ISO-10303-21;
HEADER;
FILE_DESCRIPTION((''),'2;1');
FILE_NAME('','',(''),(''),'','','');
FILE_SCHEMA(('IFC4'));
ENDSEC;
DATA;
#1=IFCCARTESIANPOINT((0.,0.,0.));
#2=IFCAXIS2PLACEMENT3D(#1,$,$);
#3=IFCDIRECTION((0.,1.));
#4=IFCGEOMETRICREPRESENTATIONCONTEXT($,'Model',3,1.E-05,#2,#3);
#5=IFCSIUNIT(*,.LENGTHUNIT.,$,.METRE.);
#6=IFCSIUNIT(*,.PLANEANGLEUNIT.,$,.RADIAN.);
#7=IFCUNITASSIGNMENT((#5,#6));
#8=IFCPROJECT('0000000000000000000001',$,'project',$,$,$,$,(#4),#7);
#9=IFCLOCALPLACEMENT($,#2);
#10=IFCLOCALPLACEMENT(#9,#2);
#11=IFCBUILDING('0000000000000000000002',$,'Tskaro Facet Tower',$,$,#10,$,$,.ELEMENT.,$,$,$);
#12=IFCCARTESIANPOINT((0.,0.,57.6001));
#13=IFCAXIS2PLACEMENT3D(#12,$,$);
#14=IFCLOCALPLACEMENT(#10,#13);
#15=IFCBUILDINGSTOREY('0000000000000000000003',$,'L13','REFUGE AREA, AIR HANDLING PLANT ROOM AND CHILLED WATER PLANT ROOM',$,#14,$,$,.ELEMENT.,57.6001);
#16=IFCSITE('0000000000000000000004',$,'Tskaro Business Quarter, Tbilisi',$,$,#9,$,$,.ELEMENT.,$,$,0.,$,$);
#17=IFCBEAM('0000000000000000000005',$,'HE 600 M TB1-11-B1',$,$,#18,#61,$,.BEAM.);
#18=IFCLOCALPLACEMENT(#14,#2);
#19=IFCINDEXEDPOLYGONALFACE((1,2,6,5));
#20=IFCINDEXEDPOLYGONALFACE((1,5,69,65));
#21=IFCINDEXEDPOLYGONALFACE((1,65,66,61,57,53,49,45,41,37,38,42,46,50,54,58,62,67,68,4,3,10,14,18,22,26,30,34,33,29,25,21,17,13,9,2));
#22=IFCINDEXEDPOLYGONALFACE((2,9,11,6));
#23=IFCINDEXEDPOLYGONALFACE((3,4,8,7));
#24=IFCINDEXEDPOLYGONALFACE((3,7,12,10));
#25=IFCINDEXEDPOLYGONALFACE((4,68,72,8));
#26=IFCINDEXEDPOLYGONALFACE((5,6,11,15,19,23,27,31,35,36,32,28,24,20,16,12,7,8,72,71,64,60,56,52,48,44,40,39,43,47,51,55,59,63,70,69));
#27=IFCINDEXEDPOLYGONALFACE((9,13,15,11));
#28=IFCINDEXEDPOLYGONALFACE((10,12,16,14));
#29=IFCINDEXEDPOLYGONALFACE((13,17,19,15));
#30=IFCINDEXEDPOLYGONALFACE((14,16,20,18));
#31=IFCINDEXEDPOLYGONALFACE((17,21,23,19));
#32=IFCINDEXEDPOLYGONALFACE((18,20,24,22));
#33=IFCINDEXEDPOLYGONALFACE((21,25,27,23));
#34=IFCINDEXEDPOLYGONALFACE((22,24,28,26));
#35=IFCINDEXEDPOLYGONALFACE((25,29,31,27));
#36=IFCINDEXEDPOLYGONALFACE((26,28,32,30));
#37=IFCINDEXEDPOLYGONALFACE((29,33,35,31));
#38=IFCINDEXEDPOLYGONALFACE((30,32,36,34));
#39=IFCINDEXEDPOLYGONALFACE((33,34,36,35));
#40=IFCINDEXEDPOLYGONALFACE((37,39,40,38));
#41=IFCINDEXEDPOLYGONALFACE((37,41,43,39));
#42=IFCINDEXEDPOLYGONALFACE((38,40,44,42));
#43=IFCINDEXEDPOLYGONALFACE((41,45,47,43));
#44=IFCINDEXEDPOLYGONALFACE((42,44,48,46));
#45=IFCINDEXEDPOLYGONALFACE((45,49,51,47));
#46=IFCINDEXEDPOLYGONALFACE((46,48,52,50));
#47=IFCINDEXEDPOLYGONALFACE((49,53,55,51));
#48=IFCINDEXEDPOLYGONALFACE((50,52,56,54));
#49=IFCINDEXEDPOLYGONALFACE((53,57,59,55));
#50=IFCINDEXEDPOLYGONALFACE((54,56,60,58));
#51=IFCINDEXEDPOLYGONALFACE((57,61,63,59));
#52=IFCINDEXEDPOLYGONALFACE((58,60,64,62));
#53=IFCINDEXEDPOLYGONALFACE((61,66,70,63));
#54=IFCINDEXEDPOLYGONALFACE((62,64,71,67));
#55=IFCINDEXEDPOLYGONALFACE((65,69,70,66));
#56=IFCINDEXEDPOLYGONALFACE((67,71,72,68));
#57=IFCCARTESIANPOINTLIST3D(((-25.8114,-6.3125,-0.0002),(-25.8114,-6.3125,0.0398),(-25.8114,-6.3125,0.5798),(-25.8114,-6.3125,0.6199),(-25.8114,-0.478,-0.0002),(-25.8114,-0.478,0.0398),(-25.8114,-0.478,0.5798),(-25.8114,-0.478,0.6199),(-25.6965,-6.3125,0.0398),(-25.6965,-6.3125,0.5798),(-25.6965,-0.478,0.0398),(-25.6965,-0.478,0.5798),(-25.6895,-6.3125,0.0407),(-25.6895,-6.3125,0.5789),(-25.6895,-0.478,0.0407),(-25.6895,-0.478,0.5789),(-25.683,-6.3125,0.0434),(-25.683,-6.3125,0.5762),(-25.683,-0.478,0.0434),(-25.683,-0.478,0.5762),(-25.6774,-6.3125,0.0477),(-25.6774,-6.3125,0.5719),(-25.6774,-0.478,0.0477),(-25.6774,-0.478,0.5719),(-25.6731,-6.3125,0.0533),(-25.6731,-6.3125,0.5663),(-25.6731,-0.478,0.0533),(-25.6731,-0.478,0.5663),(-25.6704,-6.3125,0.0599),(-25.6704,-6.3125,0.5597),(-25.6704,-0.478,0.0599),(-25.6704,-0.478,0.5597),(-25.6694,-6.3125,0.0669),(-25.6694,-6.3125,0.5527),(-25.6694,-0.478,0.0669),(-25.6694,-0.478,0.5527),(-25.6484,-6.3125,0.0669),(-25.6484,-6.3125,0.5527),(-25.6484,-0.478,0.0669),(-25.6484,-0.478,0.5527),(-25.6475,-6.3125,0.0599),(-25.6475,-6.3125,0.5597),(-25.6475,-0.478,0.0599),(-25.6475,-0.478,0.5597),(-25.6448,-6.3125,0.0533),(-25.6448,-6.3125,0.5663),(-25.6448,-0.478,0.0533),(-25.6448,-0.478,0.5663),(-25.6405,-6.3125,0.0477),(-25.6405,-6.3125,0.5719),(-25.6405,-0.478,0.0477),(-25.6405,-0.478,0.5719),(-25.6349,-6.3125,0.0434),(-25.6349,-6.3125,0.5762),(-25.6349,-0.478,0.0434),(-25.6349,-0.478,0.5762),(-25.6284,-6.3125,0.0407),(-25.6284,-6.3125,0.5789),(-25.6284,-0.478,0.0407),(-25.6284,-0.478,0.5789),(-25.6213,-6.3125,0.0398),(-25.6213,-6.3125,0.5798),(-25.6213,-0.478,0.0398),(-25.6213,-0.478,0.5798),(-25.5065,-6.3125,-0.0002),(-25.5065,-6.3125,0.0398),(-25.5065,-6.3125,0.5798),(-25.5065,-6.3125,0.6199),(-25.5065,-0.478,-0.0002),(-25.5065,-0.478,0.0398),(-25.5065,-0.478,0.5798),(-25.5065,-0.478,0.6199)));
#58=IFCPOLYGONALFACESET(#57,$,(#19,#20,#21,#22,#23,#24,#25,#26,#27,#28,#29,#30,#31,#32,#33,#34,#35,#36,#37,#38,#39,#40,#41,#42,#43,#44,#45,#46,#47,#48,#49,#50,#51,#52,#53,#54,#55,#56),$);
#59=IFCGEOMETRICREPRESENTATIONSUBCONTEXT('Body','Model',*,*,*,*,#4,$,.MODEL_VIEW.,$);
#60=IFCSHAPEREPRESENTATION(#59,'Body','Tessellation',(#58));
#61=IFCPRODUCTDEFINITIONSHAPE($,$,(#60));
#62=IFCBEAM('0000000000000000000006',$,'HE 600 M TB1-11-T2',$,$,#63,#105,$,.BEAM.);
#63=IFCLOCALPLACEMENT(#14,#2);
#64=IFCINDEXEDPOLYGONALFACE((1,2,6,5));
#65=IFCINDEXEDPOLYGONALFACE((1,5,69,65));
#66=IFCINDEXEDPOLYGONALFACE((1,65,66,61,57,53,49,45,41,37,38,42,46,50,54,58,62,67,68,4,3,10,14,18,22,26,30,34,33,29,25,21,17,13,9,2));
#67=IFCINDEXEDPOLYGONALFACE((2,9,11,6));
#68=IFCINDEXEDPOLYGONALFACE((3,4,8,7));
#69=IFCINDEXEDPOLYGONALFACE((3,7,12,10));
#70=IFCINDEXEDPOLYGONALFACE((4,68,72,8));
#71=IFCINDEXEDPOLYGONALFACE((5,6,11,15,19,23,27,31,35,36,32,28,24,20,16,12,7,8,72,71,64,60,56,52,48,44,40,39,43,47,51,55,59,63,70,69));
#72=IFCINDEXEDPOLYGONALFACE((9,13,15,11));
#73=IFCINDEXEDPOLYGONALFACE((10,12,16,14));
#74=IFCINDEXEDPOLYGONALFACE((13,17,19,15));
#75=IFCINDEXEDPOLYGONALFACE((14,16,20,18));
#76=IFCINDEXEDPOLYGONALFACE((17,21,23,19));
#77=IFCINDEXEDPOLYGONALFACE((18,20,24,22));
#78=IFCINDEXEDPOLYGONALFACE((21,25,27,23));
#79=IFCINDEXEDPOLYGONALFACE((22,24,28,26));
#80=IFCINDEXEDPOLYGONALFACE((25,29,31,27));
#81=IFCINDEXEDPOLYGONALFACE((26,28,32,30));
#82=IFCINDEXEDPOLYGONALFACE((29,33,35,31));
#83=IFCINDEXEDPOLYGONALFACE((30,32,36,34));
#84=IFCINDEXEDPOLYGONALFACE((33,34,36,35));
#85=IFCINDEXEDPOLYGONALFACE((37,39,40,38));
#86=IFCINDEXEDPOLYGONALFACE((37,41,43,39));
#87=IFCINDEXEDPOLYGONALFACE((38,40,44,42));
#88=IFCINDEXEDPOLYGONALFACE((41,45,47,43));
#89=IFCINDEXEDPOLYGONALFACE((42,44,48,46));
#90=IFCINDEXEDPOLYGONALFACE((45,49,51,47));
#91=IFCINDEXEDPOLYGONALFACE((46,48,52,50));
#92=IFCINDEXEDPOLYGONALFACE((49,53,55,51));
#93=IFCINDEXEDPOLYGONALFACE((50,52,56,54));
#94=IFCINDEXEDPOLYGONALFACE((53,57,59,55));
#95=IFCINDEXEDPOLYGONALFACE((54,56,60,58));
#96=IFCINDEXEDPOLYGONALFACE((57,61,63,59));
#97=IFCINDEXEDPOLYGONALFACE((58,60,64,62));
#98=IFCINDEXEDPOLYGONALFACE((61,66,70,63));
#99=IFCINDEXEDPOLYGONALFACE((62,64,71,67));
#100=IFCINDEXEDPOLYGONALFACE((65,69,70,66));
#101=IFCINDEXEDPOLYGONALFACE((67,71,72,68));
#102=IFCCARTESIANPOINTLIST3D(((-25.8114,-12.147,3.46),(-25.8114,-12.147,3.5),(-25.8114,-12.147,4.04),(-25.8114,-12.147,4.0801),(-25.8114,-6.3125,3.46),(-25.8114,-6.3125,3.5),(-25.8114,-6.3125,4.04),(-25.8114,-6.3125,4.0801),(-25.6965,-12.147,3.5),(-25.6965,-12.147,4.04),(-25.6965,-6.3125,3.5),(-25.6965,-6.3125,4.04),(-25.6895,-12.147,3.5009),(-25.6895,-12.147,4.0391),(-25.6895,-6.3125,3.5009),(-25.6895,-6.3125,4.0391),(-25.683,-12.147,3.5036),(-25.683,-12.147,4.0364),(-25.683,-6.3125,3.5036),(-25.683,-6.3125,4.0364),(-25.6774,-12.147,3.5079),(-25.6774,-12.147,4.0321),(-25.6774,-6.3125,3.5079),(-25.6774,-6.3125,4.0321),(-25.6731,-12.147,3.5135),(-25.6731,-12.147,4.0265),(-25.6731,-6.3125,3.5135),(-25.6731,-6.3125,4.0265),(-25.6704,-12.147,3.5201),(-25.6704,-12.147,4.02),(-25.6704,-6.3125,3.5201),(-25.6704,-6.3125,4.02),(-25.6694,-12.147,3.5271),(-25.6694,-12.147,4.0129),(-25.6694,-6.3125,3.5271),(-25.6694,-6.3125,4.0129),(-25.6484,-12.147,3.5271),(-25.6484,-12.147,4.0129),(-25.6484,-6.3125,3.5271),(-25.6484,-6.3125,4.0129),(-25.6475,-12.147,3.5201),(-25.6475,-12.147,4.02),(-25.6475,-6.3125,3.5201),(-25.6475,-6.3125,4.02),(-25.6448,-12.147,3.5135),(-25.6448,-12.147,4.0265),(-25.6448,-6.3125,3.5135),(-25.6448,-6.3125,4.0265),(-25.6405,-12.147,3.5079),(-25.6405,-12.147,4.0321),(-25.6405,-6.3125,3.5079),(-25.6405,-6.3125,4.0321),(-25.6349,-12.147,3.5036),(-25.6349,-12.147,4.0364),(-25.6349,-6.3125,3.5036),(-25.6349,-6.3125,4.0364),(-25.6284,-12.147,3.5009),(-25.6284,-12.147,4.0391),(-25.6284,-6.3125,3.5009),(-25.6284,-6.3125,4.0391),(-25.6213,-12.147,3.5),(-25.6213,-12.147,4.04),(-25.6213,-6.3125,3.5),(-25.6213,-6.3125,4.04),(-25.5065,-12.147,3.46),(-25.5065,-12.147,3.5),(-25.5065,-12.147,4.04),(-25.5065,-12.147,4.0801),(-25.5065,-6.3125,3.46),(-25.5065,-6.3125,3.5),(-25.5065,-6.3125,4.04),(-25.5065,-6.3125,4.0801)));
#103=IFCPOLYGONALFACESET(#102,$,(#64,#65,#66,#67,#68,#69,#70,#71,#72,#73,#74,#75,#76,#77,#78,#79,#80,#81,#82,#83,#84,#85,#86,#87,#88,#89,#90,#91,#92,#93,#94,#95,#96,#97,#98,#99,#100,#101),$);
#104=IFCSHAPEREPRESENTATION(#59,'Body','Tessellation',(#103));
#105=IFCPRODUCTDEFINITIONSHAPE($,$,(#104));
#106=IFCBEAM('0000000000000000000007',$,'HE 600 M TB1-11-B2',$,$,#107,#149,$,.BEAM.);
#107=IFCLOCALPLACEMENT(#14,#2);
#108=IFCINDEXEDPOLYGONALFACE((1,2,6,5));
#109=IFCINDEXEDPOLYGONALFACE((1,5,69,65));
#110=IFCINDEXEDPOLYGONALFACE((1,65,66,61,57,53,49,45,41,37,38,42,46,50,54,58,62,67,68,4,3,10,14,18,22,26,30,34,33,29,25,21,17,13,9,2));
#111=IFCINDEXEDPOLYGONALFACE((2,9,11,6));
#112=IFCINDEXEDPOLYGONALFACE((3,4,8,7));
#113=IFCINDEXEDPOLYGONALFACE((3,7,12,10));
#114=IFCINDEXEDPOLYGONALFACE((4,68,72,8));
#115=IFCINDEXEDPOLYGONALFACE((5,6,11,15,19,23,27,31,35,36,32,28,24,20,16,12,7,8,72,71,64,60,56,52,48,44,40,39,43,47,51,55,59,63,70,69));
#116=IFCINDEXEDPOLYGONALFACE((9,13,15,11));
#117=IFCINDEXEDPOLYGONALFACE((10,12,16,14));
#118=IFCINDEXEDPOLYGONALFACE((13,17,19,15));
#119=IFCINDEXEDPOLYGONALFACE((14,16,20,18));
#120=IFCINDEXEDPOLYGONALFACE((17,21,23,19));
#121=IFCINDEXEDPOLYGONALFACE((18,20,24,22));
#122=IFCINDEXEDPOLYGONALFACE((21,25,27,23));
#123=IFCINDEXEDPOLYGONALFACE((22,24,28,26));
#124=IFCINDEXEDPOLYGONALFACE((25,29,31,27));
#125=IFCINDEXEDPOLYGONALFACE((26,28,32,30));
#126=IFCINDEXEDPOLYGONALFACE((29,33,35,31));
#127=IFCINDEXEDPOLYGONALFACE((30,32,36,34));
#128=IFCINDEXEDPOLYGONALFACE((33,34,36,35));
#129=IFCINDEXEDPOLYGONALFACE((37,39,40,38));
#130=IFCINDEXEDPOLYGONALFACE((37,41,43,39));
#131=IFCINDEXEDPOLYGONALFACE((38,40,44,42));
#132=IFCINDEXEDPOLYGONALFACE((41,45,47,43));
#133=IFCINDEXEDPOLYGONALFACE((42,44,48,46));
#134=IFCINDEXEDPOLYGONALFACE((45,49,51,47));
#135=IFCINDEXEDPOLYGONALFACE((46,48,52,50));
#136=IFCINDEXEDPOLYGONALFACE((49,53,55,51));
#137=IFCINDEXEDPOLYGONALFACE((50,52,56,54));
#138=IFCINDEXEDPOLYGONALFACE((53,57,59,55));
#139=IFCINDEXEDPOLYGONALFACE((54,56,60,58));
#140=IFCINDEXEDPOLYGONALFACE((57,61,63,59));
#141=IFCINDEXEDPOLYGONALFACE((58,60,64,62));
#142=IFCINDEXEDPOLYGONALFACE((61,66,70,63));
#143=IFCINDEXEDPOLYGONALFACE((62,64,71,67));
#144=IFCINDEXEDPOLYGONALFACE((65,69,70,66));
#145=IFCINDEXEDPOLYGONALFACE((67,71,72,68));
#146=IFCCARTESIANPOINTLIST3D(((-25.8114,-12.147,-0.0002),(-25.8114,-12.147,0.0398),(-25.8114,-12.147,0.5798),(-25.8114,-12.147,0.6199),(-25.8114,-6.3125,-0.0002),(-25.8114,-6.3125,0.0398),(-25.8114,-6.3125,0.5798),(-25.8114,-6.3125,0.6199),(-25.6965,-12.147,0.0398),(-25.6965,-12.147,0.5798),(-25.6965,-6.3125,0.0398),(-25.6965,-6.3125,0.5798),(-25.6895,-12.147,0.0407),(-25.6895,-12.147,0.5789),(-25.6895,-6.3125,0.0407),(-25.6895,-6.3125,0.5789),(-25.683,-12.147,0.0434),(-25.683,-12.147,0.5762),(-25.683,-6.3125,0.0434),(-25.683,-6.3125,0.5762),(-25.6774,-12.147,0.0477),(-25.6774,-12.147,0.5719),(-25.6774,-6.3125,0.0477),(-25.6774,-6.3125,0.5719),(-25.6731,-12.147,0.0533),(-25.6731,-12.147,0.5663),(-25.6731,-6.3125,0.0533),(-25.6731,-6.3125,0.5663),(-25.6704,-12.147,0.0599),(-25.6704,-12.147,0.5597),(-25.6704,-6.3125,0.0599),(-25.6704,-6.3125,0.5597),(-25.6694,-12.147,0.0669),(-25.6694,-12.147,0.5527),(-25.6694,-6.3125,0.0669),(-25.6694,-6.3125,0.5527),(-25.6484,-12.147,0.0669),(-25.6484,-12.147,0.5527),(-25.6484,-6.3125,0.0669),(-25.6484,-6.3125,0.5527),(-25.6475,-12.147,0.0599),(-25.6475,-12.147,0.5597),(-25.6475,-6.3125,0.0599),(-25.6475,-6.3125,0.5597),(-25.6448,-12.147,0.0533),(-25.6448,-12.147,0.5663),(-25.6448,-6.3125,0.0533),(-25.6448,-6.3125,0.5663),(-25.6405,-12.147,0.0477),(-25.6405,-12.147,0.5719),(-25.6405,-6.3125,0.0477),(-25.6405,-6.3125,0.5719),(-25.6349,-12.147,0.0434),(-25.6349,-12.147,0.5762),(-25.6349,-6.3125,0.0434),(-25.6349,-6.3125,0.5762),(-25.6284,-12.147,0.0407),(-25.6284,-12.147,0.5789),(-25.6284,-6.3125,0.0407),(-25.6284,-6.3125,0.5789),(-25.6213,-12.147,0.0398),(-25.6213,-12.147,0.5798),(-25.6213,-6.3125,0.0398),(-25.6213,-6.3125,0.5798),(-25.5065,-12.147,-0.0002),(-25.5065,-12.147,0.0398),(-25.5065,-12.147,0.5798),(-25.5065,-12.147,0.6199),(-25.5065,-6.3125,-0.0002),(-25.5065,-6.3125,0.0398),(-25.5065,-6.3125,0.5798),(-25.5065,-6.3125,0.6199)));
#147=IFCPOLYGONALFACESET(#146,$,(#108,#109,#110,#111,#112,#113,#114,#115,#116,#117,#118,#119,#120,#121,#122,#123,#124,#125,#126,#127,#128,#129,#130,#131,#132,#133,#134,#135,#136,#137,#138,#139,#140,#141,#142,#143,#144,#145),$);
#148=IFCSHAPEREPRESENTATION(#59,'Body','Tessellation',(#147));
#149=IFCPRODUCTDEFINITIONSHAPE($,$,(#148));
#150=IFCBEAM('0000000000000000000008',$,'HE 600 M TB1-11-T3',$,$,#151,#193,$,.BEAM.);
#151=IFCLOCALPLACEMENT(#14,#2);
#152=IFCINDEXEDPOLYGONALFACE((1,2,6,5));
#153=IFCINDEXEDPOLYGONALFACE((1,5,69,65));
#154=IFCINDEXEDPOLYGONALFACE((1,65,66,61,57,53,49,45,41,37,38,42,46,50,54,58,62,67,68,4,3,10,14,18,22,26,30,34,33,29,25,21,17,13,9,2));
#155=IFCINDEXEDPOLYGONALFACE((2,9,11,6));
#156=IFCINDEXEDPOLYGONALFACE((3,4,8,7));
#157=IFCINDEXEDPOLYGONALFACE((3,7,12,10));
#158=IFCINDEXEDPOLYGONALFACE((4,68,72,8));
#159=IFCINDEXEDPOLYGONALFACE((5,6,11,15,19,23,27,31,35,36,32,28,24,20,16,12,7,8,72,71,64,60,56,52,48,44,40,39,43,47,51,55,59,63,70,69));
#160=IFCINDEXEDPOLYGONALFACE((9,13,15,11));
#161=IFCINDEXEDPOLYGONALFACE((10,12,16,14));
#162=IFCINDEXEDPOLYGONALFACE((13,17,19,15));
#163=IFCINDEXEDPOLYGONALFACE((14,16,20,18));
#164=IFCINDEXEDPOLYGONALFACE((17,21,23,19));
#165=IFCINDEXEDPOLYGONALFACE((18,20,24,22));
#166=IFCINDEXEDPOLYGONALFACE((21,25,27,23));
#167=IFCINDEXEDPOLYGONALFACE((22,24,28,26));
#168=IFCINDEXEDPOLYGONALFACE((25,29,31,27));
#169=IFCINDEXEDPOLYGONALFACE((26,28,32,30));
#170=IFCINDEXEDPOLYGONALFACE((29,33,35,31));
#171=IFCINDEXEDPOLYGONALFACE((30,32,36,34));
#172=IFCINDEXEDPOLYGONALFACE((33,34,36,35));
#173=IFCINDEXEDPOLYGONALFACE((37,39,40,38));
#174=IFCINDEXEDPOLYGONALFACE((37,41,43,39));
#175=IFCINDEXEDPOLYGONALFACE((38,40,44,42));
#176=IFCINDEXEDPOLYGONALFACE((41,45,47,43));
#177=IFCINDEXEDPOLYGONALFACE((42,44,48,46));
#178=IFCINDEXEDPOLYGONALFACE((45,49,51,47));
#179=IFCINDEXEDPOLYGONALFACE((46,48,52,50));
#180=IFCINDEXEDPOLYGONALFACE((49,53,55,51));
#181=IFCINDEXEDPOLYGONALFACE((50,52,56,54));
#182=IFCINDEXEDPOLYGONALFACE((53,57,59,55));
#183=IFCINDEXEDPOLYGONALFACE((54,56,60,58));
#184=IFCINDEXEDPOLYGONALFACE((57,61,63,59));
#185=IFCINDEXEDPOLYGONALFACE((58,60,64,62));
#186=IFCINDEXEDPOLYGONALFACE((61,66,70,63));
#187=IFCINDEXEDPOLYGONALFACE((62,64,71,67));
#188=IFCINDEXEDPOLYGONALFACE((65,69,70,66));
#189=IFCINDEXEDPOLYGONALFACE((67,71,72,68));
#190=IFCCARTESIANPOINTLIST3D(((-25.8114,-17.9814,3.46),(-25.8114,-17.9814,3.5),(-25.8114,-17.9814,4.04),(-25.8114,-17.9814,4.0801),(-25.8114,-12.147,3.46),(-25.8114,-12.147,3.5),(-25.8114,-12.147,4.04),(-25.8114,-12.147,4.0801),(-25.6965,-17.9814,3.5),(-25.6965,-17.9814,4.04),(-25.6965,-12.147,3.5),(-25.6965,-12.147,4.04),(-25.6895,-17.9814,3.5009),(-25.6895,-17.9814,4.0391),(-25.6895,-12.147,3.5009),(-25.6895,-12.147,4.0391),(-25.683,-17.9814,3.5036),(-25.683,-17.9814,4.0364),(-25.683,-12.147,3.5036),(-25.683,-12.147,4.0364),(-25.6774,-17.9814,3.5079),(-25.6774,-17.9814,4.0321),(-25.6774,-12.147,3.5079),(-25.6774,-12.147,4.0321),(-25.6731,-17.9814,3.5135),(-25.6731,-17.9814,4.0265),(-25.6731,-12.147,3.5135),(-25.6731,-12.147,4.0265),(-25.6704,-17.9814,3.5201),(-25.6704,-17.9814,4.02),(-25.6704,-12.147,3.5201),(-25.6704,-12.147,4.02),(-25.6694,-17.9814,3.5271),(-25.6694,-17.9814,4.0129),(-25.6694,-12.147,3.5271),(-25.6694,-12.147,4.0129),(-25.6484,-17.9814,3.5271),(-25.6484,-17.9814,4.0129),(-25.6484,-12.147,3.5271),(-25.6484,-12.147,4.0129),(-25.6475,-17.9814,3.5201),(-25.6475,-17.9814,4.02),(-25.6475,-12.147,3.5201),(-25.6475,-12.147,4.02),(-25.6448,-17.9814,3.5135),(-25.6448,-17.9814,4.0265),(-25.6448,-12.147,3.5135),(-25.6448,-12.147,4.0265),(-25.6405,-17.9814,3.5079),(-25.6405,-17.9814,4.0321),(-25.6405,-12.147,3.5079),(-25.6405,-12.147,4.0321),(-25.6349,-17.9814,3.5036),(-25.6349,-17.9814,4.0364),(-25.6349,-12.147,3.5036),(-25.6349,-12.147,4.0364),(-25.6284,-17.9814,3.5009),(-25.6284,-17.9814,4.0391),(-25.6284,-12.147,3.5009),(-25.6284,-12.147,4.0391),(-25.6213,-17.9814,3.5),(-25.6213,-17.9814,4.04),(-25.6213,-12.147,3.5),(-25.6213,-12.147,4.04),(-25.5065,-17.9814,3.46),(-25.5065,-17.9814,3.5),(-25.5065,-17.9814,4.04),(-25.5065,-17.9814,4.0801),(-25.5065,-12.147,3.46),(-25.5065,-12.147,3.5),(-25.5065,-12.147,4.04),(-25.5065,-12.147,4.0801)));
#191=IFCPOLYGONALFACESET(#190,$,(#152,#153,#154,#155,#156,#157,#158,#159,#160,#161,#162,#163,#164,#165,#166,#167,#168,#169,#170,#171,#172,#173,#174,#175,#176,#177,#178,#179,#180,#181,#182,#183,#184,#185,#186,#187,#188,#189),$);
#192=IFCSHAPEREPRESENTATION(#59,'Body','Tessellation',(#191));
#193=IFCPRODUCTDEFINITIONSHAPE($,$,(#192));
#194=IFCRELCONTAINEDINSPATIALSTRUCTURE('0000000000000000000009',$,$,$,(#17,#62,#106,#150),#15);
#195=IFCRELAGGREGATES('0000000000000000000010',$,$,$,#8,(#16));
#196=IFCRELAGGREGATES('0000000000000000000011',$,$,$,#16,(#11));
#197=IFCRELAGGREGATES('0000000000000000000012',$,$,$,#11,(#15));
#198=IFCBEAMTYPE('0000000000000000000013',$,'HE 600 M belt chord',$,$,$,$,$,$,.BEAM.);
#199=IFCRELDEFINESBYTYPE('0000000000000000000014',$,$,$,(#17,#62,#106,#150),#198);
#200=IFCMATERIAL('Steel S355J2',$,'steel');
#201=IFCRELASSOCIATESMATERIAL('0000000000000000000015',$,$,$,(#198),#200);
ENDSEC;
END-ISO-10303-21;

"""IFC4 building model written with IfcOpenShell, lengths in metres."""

from ifc_helpers import new_model, si_unit, direction, frame, origin, origin_2d, place, context, subcontext, project, spatial, i_section, extrude, material, material_profile, profile_set, type_object, element, save


model = new_model("IFC4")

# Units and contexts
model_context = context("Model", 3, precision=1e-05, world=origin(), true_north=direction((0.0, 1.0)))
body_context = subcontext(model_context, "Body", "Model", "MODEL_VIEW")
ifc_project = project(units=[si_unit("LENGTHUNIT", "METRE"), si_unit("PLANEANGLEUNIT", "RADIAN")], contexts=[model_context])

# Site, building, storey
site_placement = place(None, origin())
site = spatial("IfcSite", under=ifc_project, at=site_placement, Name="Tskaro Business Quarter, Tbilisi", CompositionType="ELEMENT", RefElevation=0.0)
building_placement = place(site_placement, origin())
building = spatial("IfcBuilding", under=site, at=building_placement, Name="Tskaro Facet Tower", CompositionType="ELEMENT")
storey_placement = place(building_placement, frame((0.0, 0.0, 57.6001)))
storey = spatial("IfcBuildingStorey", under=building, at=storey_placement, Name="L13", Description="REFUGE AREA, AIR HANDLING PLANT ROOM AND CHILLED WATER PLANT ROOM", CompositionType="ELEMENT", Elevation=57.6001)

# Beams
ifc_material_1 = material(Name="Steel S355J2", Category="steel")
ifc_material_profile_1 = material_profile(ifc_material_1, i_section(OverallWidth=0.3049, OverallDepth=0.6201, WebThickness=0.021, FlangeThickness=0.04, FilletRadius=0.0271, at=origin_2d()), Name="HE 600 M")
ifc_profile_set_1 = profile_set([ifc_material_profile_1], Name="Steel S355J2")
beam_type_1 = type_object("IfcBeamType", Name="HE 600 M belt chord", PredefinedType="BEAM", material=ifc_profile_set_1)
for number, where, z_axis, x_axis, name in (
    (1, (-25.6589, -0.478, 0.3098), (0.0, -1.0, 0.0), (1.0, 0.0, 0.0), "HE 600 M TB1-11-B1"),
    (2, (-25.6589, -6.3125, 3.77), (0.0, -1.0, 0.0), (1.0, 0.0, 0.0), "HE 600 M TB1-11-T2"),
    (3, (-25.6589, -6.3125, 0.3098), (0.0, -1.0, 0.0), (1.0, 0.0, 0.0), "HE 600 M TB1-11-B2"),
    (4, (-25.6589, -12.147, 3.77), (0.0, -1.0, 0.0), (1.0, 0.0, 0.0), "HE 600 M TB1-11-T3"),
):
    element("IfcBeam", number, at=place(storey_placement, frame(where, z_axis=z_axis, x_axis=x_axis)), inside=storey, type_object=beam_type_1, Name=name, PredefinedType="BEAM", context=body_context, shape_type="SweptSolid", body=[
        extrude(i_section(OverallWidth=0.3049, OverallDepth=0.6201, WebThickness=0.021, FlangeThickness=0.04, FilletRadius=0.0271, at=origin_2d()), origin(), (0.0, 0.0, 1.0), 5.8345),
    ])

save(model, "model.ifc")
